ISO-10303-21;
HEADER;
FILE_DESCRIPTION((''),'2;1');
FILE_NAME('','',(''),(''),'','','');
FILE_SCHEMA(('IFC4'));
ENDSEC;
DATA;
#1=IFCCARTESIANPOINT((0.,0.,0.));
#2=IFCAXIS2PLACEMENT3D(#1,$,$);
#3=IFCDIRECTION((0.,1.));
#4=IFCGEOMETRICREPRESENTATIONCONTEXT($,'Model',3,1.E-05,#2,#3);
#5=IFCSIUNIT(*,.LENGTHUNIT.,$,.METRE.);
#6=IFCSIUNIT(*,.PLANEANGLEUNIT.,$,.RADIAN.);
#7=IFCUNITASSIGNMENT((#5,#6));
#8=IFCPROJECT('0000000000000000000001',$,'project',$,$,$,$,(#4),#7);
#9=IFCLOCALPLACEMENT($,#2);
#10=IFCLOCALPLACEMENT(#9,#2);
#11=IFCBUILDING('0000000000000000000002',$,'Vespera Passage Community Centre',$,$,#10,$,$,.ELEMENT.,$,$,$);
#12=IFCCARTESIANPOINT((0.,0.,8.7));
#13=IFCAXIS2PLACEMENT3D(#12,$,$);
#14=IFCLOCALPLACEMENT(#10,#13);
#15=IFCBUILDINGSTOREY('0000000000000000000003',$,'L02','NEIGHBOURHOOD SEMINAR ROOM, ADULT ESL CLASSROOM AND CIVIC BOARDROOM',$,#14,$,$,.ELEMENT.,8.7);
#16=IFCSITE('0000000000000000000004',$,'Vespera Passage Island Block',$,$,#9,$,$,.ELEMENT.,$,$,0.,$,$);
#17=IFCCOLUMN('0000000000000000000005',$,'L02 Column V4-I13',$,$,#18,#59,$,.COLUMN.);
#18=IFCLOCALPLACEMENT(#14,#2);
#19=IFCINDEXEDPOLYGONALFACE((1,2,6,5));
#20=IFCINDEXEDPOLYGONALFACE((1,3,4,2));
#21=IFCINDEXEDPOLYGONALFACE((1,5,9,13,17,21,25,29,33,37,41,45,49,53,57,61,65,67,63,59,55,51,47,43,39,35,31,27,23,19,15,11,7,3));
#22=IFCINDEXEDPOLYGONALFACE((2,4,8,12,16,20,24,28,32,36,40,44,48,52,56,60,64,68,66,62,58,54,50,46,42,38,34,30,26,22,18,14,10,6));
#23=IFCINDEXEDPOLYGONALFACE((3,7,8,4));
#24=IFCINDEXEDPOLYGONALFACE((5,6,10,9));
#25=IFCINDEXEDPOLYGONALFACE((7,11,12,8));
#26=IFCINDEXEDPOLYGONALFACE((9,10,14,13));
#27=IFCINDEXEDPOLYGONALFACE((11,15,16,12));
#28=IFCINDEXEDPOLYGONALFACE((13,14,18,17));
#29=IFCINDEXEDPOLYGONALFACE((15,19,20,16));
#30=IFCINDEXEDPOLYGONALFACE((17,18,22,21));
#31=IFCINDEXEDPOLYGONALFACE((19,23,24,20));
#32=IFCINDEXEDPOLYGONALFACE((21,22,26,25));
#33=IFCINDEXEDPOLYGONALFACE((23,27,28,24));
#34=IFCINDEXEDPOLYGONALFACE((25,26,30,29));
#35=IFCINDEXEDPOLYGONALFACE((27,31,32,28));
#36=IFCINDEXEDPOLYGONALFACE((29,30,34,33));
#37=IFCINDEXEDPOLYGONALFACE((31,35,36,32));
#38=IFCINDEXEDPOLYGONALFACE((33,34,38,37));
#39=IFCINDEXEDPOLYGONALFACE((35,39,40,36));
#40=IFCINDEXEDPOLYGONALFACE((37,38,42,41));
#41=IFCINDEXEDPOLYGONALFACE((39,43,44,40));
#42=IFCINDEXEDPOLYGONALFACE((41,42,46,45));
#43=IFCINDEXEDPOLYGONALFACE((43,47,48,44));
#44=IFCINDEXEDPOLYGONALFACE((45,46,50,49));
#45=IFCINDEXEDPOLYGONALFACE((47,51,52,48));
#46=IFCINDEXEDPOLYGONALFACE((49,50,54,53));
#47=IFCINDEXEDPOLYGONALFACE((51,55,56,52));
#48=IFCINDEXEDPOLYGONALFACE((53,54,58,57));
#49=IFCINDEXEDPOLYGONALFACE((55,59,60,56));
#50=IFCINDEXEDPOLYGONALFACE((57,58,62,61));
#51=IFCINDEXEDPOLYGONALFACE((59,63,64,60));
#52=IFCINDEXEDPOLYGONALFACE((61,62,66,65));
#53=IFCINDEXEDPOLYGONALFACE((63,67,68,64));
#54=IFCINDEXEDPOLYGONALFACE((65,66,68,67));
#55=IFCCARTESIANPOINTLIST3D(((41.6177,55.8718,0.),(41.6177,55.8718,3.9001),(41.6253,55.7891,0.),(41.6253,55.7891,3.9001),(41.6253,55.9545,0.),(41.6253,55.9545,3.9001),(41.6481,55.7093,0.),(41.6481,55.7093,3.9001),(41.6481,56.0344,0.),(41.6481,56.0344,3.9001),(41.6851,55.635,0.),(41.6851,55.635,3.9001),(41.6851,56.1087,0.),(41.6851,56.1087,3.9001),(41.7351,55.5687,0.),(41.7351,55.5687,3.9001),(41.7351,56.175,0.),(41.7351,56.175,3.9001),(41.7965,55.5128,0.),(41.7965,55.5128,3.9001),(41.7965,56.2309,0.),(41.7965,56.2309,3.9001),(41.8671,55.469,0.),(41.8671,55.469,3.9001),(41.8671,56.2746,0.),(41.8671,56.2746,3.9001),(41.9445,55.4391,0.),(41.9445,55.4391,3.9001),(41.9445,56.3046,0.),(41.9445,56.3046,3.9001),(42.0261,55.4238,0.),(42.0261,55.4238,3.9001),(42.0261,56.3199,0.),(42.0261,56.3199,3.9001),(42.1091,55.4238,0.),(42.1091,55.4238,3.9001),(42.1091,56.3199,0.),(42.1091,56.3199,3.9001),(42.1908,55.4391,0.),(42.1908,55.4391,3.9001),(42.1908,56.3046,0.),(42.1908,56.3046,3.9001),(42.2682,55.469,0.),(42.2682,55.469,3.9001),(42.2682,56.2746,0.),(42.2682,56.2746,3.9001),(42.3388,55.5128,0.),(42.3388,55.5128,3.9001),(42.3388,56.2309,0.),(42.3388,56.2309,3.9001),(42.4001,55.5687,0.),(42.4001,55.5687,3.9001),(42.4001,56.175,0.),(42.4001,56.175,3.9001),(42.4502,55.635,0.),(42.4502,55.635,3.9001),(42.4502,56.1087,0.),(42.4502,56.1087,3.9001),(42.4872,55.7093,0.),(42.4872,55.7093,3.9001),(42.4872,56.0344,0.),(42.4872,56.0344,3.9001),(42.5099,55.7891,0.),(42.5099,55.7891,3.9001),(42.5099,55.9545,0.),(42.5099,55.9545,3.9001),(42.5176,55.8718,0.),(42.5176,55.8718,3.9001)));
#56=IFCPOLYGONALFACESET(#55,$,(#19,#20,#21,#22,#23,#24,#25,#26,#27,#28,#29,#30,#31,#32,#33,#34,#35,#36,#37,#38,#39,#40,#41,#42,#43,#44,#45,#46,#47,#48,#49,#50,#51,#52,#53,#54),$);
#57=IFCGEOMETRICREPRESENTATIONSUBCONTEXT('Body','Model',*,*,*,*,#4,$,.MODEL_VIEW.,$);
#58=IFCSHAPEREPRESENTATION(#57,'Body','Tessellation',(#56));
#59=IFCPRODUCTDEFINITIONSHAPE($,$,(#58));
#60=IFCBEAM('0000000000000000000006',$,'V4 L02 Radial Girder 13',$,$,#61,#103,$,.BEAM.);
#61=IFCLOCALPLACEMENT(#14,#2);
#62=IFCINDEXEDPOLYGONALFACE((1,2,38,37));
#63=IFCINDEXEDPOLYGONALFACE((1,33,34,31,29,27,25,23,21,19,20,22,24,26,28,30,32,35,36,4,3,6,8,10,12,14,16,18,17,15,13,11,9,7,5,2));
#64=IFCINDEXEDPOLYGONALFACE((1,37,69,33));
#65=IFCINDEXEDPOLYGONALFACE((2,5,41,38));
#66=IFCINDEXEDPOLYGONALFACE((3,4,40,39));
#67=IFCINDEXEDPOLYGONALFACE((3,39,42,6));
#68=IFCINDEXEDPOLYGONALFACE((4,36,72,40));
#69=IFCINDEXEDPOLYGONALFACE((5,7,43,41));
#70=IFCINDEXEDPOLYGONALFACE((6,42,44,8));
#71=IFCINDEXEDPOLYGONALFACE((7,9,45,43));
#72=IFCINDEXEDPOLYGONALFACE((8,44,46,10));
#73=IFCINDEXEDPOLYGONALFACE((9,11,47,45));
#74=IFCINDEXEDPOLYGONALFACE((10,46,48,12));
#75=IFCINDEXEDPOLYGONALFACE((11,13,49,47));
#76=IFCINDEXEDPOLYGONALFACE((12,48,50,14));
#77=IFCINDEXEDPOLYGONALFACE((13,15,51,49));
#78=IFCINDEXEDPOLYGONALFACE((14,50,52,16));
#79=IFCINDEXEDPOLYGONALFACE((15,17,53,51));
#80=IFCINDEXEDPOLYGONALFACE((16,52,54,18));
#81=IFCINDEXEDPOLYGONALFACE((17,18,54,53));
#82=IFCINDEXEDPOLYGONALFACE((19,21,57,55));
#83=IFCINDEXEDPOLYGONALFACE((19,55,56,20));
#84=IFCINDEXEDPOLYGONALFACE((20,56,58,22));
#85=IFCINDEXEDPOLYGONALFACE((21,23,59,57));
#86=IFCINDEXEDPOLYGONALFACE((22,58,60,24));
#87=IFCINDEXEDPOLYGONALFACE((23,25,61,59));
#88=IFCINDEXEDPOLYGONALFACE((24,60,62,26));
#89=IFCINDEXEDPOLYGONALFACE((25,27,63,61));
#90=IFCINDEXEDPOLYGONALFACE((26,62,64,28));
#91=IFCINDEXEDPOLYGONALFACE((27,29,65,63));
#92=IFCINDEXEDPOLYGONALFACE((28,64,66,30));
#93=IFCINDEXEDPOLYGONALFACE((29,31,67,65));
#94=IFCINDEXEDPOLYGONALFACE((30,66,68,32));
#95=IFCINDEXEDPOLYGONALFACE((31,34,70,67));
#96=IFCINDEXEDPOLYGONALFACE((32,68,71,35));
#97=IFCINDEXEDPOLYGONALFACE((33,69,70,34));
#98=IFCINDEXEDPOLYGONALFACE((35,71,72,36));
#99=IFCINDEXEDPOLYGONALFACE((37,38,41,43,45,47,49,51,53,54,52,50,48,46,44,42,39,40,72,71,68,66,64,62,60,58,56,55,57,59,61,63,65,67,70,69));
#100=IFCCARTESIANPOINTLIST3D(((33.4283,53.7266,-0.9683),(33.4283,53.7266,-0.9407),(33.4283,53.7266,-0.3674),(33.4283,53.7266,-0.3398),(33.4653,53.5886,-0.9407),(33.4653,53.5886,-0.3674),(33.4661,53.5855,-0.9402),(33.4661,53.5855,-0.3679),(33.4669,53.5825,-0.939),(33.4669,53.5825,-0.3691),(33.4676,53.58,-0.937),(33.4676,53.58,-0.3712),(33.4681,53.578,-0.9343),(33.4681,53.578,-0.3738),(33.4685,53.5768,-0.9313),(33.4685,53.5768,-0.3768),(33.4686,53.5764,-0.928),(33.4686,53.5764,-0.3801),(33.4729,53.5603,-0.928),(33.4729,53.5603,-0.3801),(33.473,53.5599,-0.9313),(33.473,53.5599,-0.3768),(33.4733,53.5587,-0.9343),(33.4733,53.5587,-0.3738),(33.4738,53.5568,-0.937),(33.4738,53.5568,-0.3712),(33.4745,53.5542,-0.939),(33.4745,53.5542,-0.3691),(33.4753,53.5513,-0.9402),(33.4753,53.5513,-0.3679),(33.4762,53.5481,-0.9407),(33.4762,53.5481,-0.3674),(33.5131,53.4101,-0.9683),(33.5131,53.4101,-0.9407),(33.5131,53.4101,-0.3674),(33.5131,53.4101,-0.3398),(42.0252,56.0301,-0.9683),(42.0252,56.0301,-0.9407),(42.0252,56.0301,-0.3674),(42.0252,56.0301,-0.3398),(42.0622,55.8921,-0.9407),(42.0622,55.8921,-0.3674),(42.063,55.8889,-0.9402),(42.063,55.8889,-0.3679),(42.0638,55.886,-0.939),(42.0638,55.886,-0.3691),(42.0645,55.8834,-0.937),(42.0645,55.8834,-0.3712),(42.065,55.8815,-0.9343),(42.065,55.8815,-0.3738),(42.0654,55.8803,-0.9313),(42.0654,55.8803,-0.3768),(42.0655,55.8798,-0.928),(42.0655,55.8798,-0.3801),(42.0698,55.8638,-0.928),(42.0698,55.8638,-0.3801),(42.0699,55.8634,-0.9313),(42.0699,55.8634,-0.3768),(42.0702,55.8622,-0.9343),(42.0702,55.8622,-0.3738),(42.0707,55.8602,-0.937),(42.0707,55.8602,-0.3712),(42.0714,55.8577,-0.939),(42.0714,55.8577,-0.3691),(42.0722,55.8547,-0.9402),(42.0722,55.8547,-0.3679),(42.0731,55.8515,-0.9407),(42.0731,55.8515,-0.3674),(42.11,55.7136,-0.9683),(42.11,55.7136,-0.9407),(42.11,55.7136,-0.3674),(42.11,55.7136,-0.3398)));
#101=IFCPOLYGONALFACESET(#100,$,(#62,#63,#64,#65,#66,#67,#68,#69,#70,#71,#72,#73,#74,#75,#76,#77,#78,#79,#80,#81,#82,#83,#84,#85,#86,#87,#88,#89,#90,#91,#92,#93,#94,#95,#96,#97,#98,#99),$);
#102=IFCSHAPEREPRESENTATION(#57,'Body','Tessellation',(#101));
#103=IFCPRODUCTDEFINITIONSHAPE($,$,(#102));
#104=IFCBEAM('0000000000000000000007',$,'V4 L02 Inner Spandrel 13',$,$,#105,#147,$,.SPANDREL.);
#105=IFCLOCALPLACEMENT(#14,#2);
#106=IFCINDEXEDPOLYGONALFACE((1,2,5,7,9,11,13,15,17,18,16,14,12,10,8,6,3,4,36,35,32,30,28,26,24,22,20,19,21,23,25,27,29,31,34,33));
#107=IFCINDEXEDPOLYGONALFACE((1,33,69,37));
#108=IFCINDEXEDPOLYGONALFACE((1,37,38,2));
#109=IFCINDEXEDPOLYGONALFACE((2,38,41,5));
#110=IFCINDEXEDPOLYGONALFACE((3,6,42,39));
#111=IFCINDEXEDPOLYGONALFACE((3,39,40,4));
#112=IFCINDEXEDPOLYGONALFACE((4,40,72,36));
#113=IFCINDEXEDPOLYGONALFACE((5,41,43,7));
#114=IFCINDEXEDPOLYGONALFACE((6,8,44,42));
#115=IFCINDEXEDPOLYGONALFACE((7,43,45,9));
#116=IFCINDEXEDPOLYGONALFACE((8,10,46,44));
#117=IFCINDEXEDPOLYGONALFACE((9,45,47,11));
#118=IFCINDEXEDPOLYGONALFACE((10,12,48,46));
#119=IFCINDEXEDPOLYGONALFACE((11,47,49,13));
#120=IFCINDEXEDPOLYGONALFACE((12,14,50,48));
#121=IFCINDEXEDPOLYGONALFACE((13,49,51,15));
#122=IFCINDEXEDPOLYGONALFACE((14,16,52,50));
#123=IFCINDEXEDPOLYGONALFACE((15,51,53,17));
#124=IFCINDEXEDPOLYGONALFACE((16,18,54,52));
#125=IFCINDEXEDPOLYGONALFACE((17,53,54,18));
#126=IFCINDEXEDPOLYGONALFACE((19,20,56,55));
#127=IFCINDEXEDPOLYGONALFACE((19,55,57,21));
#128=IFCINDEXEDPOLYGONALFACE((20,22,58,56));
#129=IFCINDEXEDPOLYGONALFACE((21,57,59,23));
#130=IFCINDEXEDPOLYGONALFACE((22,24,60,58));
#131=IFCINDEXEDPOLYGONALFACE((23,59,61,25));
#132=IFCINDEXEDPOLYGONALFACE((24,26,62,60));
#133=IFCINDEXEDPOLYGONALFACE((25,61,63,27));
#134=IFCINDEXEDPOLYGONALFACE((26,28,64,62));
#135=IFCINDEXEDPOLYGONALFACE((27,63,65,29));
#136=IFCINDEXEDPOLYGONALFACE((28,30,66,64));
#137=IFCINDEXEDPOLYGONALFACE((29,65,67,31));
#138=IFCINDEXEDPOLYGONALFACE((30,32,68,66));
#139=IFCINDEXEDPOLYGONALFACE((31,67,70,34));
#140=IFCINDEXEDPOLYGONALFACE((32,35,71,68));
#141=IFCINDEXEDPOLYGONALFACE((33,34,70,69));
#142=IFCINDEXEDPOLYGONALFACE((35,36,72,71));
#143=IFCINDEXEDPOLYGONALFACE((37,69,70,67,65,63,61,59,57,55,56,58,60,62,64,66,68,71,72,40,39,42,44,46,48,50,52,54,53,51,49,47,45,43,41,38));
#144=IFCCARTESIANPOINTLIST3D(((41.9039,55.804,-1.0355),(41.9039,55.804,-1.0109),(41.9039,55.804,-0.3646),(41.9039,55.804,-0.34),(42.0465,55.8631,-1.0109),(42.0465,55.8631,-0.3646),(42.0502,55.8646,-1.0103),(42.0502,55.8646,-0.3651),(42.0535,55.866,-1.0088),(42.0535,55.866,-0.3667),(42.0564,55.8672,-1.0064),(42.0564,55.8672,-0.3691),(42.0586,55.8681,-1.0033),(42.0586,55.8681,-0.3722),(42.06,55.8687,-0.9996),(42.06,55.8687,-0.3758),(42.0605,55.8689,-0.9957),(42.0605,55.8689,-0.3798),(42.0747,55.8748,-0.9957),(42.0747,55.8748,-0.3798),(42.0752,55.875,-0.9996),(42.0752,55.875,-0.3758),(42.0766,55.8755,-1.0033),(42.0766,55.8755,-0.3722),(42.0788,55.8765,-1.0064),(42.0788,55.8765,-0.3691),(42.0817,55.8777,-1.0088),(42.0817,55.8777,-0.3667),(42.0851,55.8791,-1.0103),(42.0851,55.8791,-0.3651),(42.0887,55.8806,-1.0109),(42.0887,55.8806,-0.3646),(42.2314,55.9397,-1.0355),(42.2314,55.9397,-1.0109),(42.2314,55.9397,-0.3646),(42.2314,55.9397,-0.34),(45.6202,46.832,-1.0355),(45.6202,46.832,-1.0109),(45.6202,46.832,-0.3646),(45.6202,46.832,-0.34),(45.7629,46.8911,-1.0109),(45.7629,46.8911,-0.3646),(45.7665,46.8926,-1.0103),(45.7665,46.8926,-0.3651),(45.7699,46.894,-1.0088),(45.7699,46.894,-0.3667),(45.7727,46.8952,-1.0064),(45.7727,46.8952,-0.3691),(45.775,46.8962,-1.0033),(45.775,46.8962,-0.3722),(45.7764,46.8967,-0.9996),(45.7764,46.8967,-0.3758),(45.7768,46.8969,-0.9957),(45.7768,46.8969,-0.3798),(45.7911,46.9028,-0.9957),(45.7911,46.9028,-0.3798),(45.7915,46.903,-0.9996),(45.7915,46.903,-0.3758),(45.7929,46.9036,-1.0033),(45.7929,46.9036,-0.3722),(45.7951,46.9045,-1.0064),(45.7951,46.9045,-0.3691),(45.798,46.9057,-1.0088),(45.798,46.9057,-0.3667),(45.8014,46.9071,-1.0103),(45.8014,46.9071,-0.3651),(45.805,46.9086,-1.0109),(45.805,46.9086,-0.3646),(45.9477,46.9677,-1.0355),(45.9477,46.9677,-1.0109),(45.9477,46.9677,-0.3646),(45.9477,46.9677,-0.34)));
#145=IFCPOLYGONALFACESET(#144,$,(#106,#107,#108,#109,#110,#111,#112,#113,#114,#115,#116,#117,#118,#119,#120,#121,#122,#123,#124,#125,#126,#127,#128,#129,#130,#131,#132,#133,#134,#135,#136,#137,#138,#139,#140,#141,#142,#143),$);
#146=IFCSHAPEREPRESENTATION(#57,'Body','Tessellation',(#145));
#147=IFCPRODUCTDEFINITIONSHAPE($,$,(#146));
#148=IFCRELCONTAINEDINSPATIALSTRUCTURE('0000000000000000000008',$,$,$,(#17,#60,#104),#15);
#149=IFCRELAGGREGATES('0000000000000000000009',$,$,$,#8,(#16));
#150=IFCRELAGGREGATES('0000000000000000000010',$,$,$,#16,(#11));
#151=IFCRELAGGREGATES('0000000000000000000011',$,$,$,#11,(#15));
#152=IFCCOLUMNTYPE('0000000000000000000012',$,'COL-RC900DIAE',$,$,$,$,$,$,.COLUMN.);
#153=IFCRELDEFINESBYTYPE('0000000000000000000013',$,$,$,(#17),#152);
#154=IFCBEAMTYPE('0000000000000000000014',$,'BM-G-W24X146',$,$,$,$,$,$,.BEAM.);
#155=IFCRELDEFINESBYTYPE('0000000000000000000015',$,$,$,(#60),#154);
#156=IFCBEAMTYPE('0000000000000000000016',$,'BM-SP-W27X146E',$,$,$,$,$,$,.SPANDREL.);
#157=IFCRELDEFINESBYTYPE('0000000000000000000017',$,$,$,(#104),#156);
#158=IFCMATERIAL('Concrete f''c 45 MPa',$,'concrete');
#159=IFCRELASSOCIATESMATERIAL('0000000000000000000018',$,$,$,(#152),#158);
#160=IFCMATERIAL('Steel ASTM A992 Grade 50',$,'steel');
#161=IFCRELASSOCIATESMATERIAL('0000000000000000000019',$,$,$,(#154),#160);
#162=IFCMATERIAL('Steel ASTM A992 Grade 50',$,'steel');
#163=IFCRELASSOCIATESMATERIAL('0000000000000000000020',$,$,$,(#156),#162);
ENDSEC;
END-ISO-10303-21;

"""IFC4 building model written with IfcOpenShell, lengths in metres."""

from ifc_helpers import new_model, si_unit, direction, frame, origin, origin_2d, place, context, subcontext, project, spatial, circle, i_section, extrude, material, material_profile, profile_set, type_object, element, save


model = new_model("IFC4")

# Units and contexts
model_context = context("Model", 3, precision=1e-05, world=origin(), true_north=direction((0.0, 1.0)))
body_context = subcontext(model_context, "Body", "Model", "MODEL_VIEW")
ifc_project = project(units=[si_unit("LENGTHUNIT", "METRE"), si_unit("PLANEANGLEUNIT", "RADIAN")], contexts=[model_context])

# Site, building, storey
site_placement = place(None, origin())
site = spatial("IfcSite", under=ifc_project, at=site_placement, Name="Vespera Passage Island Block", CompositionType="ELEMENT", RefElevation=0.0)
building_placement = place(site_placement, origin())
building = spatial("IfcBuilding", under=site, at=building_placement, Name="Vespera Passage Community Centre", CompositionType="ELEMENT")
storey_placement = place(building_placement, frame((0.0, 0.0, 8.7)))
storey = spatial("IfcBuildingStorey", under=building, at=storey_placement, Name="L02", Description="NEIGHBOURHOOD SEMINAR ROOM, ADULT ESL CLASSROOM AND CIVIC BOARDROOM", CompositionType="ELEMENT", Elevation=8.7)

# Column
ifc_material_1 = material(Name="Concrete f'c 45 MPa", Category="concrete")
ifc_material_profile_1 = material_profile(ifc_material_1, circle(Radius=0.45, at=origin_2d()), Name="RC900DIA")
ifc_profile_set_1 = profile_set([ifc_material_profile_1], Name="Concrete f'c 45 MPa")
column_type = type_object("IfcColumnType", Name="COL-RC900DIAE", PredefinedType="COLUMN", material=ifc_profile_set_1)
column_placement = place(storey_placement, frame((42.0676, 55.8718, 0.0), z_axis=(0.0, 0.0, 1.0), x_axis=(1.0, 0.0, 0.0)))
element("IfcColumn", 1, at=column_placement, inside=storey, type_object=column_type, Name="L02 Column V4-I13", PredefinedType="COLUMN", context=body_context, shape_type="SweptSolid", body=[
    extrude(circle(Radius=0.45, at=origin_2d()), origin(), (0.0, 0.0, 1.0), 3.9001),
])

# Beams
ifc_material_2 = material(Name="Steel ASTM A992 Grade 50", Category="steel")
ifc_material_profile_2 = material_profile(ifc_material_2, i_section(OverallWidth=0.3276, OverallDepth=0.6284, WebThickness=0.0166, FlangeThickness=0.0276, FilletRadius=0.0127, at=origin_2d()), Name="W24X146")
ifc_profile_set_2 = profile_set([ifc_material_profile_2], Name="Steel ASTM A992 Grade 50")
beam_type_1 = type_object("IfcBeamType", Name="BM-G-W24X146", PredefinedType="BEAM", material=ifc_profile_set_2)
beam_1_placement = place(storey_placement, frame((42.0676, 55.8718, -0.6541), z_axis=(-0.965928, -0.258811, 0.0), x_axis=(0.258811, -0.965928, 0.0)))
element("IfcBeam", 2, at=beam_1_placement, inside=storey, type_object=beam_type_1, Name="V4 L02 Radial Girder 13", PredefinedType="BEAM", context=body_context, shape_type="SweptSolid", body=[
    extrude(i_section(OverallWidth=0.3276, OverallDepth=0.6284, WebThickness=0.0166, FlangeThickness=0.0276, FilletRadius=0.0127, at=origin_2d()), origin(), (0.0, 0.0, 1.0), 8.9001),
])
ifc_material_3 = material(Name="Steel ASTM A992 Grade 50", Category="steel")
ifc_material_profile_3 = material_profile(ifc_material_3, i_section(OverallWidth=0.3545, OverallDepth=0.6956, WebThickness=0.0154, FlangeThickness=0.0247, FilletRadius=0.0151, at=origin_2d()), Name="W27X146")
ifc_profile_set_3 = profile_set([ifc_material_profile_3], Name="Steel ASTM A992 Grade 50")
beam_type_2 = type_object("IfcBeamType", Name="BM-SP-W27X146E", PredefinedType="SPANDREL", material=ifc_profile_set_3)
beam_2_placement = place(storey_placement, frame((42.0676, 55.8718, -0.6877), z_axis=(0.382685, -0.923879, 0.0), x_axis=(0.923879, 0.382685, 0.0)))
element("IfcBeam", 3, at=beam_2_placement, inside=storey, type_object=beam_type_2, Name="V4 L02 Inner Spandrel 13", PredefinedType="SPANDREL", context=body_context, shape_type="SweptSolid", body=[
    extrude(i_section(OverallWidth=0.3545, OverallDepth=0.6956, WebThickness=0.0154, FlangeThickness=0.0247, FilletRadius=0.0151, at=origin_2d()), origin(), (0.0, 0.0, 1.0), 9.7112),
])

save(model, "model.ifc")
